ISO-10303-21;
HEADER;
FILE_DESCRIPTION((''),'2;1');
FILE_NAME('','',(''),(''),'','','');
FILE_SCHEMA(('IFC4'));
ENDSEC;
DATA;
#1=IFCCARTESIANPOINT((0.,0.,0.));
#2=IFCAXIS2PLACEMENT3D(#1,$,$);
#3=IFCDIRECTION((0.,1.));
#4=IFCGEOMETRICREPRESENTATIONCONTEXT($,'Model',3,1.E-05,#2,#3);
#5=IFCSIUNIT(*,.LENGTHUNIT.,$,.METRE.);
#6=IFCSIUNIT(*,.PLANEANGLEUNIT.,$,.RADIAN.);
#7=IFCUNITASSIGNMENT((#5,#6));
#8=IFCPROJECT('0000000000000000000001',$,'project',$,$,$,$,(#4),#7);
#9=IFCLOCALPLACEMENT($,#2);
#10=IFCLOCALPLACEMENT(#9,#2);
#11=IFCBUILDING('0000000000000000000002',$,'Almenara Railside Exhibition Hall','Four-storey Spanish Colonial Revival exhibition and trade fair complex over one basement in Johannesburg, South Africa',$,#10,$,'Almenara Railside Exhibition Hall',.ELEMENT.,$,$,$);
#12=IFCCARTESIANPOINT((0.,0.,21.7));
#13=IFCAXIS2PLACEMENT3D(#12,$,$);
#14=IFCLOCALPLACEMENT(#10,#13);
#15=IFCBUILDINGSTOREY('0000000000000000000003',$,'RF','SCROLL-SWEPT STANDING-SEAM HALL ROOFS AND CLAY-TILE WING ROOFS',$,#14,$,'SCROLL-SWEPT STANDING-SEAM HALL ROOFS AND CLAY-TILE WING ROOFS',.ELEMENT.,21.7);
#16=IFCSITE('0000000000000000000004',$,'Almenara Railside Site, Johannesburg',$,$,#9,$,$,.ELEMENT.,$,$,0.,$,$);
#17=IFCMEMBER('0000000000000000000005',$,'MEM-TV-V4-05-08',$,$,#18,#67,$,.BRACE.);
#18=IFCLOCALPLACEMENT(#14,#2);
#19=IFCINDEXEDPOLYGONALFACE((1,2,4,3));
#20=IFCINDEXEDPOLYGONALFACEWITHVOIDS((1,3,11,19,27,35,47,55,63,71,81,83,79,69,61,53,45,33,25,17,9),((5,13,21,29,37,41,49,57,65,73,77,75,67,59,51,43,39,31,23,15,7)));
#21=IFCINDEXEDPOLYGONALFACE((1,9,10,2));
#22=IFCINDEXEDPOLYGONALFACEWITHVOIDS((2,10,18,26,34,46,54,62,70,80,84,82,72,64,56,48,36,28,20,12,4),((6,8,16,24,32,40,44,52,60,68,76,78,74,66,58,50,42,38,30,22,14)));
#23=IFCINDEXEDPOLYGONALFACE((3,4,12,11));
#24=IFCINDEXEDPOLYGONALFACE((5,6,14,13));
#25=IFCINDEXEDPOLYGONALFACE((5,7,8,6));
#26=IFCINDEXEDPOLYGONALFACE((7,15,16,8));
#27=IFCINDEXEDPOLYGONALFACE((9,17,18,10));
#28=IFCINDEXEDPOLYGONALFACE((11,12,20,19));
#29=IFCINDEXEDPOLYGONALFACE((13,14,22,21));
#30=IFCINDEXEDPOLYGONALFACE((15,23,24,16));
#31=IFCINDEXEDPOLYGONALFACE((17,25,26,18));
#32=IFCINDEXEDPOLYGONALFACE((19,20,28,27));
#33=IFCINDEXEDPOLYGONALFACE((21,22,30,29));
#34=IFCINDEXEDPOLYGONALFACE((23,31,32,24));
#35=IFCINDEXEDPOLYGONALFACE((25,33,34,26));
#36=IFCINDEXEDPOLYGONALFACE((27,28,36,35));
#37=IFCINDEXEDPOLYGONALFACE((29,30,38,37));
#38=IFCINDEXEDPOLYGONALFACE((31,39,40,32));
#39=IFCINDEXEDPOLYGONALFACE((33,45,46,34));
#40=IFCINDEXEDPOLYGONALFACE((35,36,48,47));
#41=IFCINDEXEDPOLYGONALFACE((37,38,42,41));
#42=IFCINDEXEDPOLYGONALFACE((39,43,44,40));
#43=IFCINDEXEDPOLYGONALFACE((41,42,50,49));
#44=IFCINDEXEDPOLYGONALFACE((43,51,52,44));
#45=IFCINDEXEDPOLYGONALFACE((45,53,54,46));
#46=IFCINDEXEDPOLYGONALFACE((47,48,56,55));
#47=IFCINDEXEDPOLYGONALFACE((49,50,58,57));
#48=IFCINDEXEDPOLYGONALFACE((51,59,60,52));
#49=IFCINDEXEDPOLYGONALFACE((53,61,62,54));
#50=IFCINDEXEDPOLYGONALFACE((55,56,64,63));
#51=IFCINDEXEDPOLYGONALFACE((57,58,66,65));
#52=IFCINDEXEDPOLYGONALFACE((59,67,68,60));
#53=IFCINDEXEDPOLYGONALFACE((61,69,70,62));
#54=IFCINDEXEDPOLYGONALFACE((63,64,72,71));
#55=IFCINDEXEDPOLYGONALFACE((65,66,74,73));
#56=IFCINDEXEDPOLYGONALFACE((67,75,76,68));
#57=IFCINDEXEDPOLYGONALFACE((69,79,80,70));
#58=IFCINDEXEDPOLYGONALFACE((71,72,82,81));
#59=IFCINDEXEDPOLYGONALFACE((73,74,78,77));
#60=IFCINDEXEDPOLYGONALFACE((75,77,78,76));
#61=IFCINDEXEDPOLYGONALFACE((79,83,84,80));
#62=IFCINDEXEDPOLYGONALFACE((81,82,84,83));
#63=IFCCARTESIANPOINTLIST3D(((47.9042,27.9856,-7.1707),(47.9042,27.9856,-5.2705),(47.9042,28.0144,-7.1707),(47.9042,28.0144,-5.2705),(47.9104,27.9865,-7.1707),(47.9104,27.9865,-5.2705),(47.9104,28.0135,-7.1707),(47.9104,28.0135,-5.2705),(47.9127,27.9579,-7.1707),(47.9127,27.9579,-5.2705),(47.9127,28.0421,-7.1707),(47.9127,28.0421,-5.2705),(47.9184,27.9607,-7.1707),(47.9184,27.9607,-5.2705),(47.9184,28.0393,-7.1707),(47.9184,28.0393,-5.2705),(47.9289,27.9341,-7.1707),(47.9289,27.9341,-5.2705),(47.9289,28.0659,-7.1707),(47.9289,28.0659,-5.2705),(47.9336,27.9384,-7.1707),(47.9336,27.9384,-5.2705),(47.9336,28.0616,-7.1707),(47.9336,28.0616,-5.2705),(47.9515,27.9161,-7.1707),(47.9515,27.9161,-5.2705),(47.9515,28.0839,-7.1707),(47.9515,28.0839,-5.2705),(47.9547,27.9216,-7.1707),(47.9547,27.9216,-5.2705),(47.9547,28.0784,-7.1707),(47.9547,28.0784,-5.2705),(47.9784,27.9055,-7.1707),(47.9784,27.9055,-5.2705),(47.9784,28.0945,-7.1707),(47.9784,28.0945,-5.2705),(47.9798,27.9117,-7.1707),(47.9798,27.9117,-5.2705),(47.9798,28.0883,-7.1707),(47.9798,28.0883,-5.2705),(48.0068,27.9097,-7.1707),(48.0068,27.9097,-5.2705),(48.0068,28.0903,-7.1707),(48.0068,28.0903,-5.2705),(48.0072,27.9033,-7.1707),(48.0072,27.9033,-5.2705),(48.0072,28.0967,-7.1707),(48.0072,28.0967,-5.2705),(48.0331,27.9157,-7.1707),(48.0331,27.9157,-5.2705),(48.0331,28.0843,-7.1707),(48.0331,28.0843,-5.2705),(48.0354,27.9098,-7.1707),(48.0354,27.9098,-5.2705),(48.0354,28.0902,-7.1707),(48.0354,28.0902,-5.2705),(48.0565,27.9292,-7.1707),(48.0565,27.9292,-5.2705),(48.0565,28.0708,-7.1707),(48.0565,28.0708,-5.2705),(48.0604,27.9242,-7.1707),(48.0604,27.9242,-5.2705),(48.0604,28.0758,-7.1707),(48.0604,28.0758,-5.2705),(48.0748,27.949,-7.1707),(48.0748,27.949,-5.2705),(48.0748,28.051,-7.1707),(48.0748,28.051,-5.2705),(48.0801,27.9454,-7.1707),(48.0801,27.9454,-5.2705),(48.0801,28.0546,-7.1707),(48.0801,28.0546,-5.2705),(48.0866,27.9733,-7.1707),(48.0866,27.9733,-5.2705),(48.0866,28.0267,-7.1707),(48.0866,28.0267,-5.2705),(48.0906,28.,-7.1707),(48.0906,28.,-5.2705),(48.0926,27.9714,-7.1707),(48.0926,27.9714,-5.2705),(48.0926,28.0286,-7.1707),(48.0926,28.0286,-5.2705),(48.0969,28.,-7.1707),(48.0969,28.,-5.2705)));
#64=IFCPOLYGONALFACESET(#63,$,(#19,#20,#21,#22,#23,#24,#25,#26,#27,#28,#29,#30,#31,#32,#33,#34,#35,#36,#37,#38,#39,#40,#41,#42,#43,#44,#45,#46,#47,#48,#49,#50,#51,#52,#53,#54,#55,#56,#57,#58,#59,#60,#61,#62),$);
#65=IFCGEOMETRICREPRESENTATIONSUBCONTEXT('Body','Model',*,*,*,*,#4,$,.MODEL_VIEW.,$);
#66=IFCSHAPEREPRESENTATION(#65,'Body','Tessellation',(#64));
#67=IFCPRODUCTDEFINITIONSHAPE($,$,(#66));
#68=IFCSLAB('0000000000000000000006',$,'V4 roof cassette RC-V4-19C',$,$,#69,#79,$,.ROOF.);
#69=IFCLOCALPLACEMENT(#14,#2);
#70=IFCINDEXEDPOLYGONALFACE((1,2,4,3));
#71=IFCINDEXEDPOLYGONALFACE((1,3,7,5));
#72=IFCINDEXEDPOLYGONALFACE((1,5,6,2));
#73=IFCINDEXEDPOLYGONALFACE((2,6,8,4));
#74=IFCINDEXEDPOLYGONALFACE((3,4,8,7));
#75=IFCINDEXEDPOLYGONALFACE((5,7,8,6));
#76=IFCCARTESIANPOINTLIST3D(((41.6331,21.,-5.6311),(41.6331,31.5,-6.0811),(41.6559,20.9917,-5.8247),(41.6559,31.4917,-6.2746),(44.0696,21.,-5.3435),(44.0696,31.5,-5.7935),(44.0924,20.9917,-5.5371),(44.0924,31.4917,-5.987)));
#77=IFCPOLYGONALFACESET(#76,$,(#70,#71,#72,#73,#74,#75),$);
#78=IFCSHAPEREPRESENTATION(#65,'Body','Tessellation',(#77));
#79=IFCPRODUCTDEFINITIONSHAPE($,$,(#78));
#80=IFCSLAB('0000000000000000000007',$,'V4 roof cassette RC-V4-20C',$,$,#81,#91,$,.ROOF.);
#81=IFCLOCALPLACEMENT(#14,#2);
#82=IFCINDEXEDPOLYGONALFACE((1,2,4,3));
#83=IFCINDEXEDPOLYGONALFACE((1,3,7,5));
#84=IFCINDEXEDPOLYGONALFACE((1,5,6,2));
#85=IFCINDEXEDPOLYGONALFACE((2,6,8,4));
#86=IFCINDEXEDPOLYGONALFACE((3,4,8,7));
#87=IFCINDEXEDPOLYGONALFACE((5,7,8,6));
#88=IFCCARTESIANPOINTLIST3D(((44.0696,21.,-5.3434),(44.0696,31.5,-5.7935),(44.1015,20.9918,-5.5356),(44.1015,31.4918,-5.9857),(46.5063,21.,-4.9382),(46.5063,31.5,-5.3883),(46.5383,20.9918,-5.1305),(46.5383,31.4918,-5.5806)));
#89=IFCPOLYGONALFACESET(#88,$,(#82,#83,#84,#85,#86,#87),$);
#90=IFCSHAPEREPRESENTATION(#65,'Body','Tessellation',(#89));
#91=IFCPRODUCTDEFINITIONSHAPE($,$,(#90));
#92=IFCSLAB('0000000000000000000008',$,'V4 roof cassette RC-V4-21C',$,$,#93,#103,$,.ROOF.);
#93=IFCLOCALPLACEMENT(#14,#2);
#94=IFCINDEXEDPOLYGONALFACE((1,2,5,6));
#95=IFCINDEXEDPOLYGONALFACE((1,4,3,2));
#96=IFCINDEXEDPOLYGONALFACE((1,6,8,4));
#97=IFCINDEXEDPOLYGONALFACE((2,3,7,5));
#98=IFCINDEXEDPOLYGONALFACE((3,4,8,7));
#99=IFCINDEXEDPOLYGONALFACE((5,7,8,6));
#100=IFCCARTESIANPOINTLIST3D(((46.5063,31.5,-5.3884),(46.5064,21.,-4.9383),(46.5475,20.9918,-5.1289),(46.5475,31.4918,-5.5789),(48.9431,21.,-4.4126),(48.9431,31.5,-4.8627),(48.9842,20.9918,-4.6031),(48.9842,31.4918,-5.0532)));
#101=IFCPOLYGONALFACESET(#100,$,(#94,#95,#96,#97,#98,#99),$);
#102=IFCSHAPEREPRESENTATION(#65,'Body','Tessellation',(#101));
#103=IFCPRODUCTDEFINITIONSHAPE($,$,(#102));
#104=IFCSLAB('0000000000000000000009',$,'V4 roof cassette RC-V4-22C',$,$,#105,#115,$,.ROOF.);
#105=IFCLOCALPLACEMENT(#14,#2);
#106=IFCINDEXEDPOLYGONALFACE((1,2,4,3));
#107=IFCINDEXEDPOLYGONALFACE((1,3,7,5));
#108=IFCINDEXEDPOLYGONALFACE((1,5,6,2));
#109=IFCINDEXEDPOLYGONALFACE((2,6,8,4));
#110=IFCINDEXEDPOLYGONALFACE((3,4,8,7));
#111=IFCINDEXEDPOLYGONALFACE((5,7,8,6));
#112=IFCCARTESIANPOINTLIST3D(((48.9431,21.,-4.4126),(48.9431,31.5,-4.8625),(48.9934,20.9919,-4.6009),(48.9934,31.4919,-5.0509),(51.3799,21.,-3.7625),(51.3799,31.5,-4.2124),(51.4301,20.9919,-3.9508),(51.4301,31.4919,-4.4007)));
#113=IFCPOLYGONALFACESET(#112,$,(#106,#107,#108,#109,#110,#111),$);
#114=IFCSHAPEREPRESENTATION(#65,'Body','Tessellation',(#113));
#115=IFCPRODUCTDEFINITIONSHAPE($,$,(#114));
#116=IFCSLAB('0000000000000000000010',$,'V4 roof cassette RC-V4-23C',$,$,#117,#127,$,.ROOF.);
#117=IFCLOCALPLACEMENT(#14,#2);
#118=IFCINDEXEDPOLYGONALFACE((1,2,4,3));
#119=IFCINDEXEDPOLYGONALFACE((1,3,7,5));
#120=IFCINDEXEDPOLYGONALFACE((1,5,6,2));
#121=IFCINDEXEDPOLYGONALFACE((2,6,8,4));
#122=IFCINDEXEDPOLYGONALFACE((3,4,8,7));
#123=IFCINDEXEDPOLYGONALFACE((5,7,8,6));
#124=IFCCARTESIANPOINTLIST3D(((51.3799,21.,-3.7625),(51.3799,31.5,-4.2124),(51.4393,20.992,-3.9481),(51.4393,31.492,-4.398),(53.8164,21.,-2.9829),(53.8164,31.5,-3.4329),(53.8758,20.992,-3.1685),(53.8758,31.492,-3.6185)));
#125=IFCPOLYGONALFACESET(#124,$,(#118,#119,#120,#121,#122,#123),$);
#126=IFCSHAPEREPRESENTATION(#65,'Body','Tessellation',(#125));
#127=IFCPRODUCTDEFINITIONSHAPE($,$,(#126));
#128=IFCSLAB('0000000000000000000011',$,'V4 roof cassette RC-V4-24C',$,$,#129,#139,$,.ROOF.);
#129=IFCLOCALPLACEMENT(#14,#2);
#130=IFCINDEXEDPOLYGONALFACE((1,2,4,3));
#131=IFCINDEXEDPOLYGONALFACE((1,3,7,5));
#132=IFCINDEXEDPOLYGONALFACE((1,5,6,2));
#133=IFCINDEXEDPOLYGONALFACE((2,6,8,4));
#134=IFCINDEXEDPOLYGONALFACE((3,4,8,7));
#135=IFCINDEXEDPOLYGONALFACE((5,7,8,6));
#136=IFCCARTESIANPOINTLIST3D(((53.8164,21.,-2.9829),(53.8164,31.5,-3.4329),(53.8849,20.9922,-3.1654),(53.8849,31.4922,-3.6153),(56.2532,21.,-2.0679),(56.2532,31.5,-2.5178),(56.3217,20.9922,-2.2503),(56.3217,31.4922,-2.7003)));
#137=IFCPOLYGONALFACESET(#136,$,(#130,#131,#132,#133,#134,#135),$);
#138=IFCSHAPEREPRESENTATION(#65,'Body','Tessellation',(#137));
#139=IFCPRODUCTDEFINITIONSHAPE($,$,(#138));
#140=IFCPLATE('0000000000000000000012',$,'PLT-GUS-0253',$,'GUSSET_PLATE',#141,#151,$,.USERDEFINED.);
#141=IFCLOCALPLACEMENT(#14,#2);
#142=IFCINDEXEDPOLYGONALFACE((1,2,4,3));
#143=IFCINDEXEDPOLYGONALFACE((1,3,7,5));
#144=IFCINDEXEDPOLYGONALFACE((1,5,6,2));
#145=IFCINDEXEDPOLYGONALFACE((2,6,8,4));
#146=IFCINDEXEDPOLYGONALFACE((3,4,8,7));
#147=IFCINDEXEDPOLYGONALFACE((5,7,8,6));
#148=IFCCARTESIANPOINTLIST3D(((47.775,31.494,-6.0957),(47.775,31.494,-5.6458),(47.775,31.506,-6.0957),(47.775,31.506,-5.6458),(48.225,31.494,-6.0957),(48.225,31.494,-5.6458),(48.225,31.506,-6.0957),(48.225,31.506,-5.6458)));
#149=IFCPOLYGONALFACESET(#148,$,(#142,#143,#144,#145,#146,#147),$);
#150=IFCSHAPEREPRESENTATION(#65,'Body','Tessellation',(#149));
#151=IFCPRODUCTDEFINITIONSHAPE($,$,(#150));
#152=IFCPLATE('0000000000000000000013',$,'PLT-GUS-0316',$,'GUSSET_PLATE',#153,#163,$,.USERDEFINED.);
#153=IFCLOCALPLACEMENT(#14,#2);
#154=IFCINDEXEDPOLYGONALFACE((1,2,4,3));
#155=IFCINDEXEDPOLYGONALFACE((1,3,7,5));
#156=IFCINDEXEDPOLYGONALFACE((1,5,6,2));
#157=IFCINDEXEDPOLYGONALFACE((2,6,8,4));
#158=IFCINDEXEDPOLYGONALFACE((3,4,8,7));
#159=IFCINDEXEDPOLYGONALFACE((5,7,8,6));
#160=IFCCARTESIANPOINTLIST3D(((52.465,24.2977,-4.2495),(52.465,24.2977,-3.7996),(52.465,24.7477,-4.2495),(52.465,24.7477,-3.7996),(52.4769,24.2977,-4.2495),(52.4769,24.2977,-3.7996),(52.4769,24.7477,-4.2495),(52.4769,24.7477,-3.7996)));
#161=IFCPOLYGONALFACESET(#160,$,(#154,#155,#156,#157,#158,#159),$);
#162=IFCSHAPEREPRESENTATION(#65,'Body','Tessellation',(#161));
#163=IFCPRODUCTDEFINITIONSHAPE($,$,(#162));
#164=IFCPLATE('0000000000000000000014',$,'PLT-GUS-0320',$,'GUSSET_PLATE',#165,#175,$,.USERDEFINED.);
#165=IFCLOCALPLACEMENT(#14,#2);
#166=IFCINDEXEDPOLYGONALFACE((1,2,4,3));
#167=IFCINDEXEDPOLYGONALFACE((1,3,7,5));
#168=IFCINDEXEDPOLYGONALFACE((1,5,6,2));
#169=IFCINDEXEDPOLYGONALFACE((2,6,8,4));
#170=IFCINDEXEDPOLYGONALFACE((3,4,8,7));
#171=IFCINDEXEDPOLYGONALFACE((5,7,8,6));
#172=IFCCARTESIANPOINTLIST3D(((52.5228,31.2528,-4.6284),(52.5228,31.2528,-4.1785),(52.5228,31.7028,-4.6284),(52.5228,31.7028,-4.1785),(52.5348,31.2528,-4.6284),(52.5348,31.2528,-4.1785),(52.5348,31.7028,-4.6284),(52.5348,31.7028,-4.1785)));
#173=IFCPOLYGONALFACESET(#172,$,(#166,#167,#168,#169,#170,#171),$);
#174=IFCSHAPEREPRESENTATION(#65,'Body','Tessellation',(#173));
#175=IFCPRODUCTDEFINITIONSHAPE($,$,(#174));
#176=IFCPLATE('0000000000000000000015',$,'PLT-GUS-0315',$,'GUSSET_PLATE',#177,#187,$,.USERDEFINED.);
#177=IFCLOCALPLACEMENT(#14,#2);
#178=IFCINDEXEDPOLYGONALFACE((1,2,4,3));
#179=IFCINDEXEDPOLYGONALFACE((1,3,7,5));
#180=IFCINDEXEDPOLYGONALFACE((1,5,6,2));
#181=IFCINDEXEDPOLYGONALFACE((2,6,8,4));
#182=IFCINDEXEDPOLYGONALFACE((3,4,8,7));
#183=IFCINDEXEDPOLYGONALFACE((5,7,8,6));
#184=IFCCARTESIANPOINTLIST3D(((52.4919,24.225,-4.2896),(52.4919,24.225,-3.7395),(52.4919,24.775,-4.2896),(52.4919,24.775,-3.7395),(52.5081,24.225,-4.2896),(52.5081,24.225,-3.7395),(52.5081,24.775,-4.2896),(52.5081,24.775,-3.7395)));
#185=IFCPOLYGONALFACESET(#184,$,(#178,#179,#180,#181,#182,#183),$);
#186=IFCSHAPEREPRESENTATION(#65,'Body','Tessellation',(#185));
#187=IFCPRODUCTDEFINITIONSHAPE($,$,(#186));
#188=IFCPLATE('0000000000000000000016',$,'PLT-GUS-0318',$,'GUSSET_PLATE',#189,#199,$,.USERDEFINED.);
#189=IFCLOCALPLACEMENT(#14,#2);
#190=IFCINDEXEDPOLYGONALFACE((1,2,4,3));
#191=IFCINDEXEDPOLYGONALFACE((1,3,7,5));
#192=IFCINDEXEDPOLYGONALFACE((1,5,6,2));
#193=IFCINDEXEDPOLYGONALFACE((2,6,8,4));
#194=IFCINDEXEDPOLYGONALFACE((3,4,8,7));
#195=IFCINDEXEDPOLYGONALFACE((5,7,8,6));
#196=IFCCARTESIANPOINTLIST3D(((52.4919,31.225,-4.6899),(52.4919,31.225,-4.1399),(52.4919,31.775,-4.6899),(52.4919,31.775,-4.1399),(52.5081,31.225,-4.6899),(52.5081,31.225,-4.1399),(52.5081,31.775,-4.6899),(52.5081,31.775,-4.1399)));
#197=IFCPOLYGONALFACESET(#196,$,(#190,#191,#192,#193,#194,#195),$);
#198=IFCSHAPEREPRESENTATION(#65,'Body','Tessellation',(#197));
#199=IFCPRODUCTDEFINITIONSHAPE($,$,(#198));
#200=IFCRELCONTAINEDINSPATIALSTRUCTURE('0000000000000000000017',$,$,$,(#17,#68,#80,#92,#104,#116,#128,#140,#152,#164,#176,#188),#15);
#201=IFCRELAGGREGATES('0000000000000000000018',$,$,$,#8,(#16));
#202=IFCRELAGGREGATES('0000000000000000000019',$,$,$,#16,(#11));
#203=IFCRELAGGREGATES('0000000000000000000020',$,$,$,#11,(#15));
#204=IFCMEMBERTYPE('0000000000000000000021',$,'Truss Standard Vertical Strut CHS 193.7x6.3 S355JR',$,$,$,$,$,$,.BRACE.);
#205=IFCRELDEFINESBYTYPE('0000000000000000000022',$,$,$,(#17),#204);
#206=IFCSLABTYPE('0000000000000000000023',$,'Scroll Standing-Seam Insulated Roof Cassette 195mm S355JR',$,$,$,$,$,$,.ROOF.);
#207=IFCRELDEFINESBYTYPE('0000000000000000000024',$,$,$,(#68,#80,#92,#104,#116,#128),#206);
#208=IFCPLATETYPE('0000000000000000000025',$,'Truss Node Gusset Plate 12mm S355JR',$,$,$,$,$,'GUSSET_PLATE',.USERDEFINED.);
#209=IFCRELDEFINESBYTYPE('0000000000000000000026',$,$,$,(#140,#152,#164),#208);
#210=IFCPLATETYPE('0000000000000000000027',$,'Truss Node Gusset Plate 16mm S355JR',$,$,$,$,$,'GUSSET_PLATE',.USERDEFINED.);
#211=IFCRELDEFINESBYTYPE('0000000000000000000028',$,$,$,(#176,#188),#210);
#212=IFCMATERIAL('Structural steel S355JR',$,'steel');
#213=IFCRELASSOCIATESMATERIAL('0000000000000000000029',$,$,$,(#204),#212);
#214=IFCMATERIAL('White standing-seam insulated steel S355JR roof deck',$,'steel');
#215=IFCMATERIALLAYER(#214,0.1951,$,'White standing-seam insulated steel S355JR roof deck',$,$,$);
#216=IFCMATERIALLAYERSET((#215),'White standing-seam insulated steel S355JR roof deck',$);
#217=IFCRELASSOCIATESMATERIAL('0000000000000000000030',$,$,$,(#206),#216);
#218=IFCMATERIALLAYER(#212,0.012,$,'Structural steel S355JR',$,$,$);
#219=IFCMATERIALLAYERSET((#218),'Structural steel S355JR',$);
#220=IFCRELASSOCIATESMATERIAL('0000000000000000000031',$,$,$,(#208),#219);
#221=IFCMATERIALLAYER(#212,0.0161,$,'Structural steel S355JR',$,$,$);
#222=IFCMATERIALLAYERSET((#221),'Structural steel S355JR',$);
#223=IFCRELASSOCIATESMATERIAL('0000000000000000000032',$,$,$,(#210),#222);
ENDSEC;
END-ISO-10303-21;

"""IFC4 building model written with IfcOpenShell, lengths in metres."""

from ifc_helpers import new_model, si_unit, direction, frame, origin, origin_2d, place, context, subcontext, project, spatial, polyline, rectangle, hollow_circle, outline, extrude, material, layer, layer_set, material_profile, profile_set, type_object, element, save


model = new_model("IFC4")

# Units and contexts
model_context = context("Model", 3, precision=1e-05, world=origin(), true_north=direction((0.0, 1.0)))
body_context = subcontext(model_context, "Body", "Model", "MODEL_VIEW")
ifc_project = project(units=[si_unit("LENGTHUNIT", "METRE"), si_unit("PLANEANGLEUNIT", "RADIAN")], contexts=[model_context])

# Site, building, storey
site_placement = place(None, origin())
site = spatial("IfcSite", under=ifc_project, at=site_placement, Name="Almenara Railside Site, Johannesburg", CompositionType="ELEMENT", RefElevation=0.0)
building_placement = place(site_placement, origin())
building = spatial("IfcBuilding", under=site, at=building_placement, Name="Almenara Railside Exhibition Hall", Description="Four-storey Spanish Colonial Revival exhibition and trade fair complex over one basement in Johannesburg, South Africa", LongName="Almenara Railside Exhibition Hall", CompositionType="ELEMENT")
storey_placement = place(building_placement, frame((0.0, 0.0, 21.7)))
storey = spatial("IfcBuildingStorey", under=building, at=storey_placement, Name="RF", Description="SCROLL-SWEPT STANDING-SEAM HALL ROOFS AND CLAY-TILE WING ROOFS", LongName="SCROLL-SWEPT STANDING-SEAM HALL ROOFS AND CLAY-TILE WING ROOFS", CompositionType="ELEMENT", Elevation=21.7)

# Member
ifc_material_1 = material(Name="Structural steel S355JR", Category="steel")
ifc_material_profile_1 = material_profile(ifc_material_1, hollow_circle(Radius=0.0969, WallThickness=0.0063, at=origin_2d()), Name="CHS 193.7x6.3")
ifc_profile_set_1 = profile_set([ifc_material_profile_1], Name="Structural steel S355JR")
member_type_1 = type_object("IfcMemberType", Name="Truss Standard Vertical Strut CHS 193.7x6.3 S355JR", PredefinedType="BRACE", material=ifc_profile_set_1)
member_1_placement = place(storey_placement, frame((48.0, 28.0, -7.1707), z_axis=(0.0, 0.0, 1.0), x_axis=(1.0, 0.0, 0.0)))
element("IfcMember", 1, at=member_1_placement, inside=storey, type_object=member_type_1, Name="MEM-TV-V4-05-08", PredefinedType="BRACE", context=body_context, shape_type="SweptSolid", body=[
    extrude(hollow_circle(Radius=0.0969, WallThickness=0.0063, at=origin_2d()), origin(), (0.0, 0.0, 1.0), 1.9001),
])

# Slabs
ifc_material_2 = material(Name="White standing-seam insulated steel S355JR roof deck", Category="steel")
ifc_layer_1 = layer(ifc_material_2, 0.1951, Name="White standing-seam insulated steel S355JR roof deck")
ifc_layer_set_1 = layer_set([ifc_layer_1], Name="White standing-seam insulated steel S355JR roof deck")
slab_type = type_object("IfcSlabType", Name="Scroll Standing-Seam Insulated Roof Cassette 195mm S355JR", PredefinedType="ROOF", material=ifc_layer_set_1)
slab_1_placement = place(storey_placement, frame((41.6331, 31.5, -6.0811), z_axis=(-0.117116, 0.042519, 0.992208), x_axis=(0.993106, 0.0, 0.117222)))
element("IfcSlab", 2, at=slab_1_placement, inside=storey, type_object=slab_type, Name="V4 roof cassette RC-V4-19C", PredefinedType="ROOF", context=body_context, shape_type="SweptSolid", body=[
    extrude(outline(polyline([(0.0, 0.0), (2.4534, 0.0), (2.5062, -10.5095), (0.0527, -10.5095), (0.0, 0.0)])), origin(), (0.0, 0.0, -1.0), 0.1951),
])
slab_2_placement = place(storey_placement, frame((44.0696, 31.5, -5.7935), z_axis=(-0.163868, 0.042246, 0.985577), x_axis=(0.986458, 0.000002, 0.164014)))
element("IfcSlab", 3, at=slab_2_placement, inside=storey, type_object=slab_type, Name="V4 roof cassette RC-V4-20C", PredefinedType="ROOF", context=body_context, shape_type="SweptSolid", body=[
    extrude(outline(polyline([(0.0, 0.0), (2.4702, 0.0), (2.544, -10.5094), (0.0738, -10.5094), (0.0, 0.0)])), origin(), (0.0, 0.0, -1.0), 0.1951),
])
slab_3_placement = place(storey_placement, frame((46.5063, 31.5, -5.3884), z_axis=(-0.210722, 0.041863, 0.976649), x_axis=(0.977506, -0.000002, 0.210907)))
element("IfcSlab", 4, at=slab_3_placement, inside=storey, type_object=slab_type, Name="V4 roof cassette RC-V4-21C", PredefinedType="ROOF", context=body_context, shape_type="SweptSolid", body=[
    extrude(outline(polyline([(0.0, 0.0), (2.4929, 0.0), (2.5878, -10.5092), (0.095, -10.5092), (0.0, 0.0)])), origin(), (0.0, 0.0, -1.0), 0.1951),
])
slab_4_placement = place(storey_placement, frame((48.9431, 31.5, -4.8625), z_axis=(-0.257568, 0.041369, 0.965374), x_axis=(0.966201, 0.0, 0.257789)))
element("IfcSlab", 5, at=slab_4_placement, inside=storey, type_object=slab_type, Name="V4 roof cassette RC-V4-22C", PredefinedType="ROOF", context=body_context, shape_type="SweptSolid", body=[
    extrude(outline(polyline([(0.0, 0.0), (2.522, 0.0), (2.638, -10.509), (0.116, -10.509), (0.0, 0.0)])), origin(), (0.0, 0.0, -1.0), 0.1951),
])
slab_5_placement = place(storey_placement, frame((51.3799, 31.5, -4.2124), z_axis=(-0.30447, 0.040781, 0.951648), x_axis=(0.952441, 0.0, 0.304724)))
element("IfcSlab", 6, at=slab_5_placement, inside=storey, type_object=slab_type, Name="V4 roof cassette RC-V4-23C", PredefinedType="ROOF", context=body_context, shape_type="SweptSolid", body=[
    extrude(outline(polyline([(0.0, 0.0), (2.5582, 0.0), (2.6953, -10.5087), (0.1371, -10.5087), (0.0, 0.0)])), origin(), (0.0, 0.0, -1.0), 0.1951),
])
slab_6_placement = place(storey_placement, frame((53.8164, 31.5, -3.4329), z_axis=(-0.351262, 0.040085, 0.935419), x_axis=(0.936171, 0.0, 0.351545)))
element("IfcSlab", 7, at=slab_6_placement, inside=storey, type_object=slab_type, Name="V4 roof cassette RC-V4-24C", PredefinedType="ROOF", context=body_context, shape_type="SweptSolid", body=[
    extrude(outline(polyline([(0.0, 0.0), (2.6029, 0.0), (2.7611, -10.5084), (0.1582, -10.5084), (0.0, 0.0)])), origin(), (0.0, 0.0, -1.0), 0.1951),
])

# Plates
ifc_layer_2 = layer(ifc_material_1, 0.012, Name="Structural steel S355JR")
ifc_layer_set_2 = layer_set([ifc_layer_2], Name="Structural steel S355JR")
plate_type_1 = type_object("IfcPlateType", Name="Truss Node Gusset Plate 12mm S355JR", ElementType="GUSSET_PLATE", PredefinedType="USERDEFINED", material=ifc_layer_set_2)
for number, where, z_axis, x_axis, name in (
    (8, (48.0, 31.5, -6.0957), (0.0, 0.0, 1.0), (1.0, 0.0, 0.0), "PLT-GUS-0253"),
    (9, (52.4709, 24.5227, -4.2495), (0.0, 0.0, 1.0), (0.0, 1.0, 0.0), "PLT-GUS-0316"),
    (10, (52.5288, 31.4778, -4.6284), (0.0, 0.0, 1.0), (0.0, 1.0, 0.0), "PLT-GUS-0320"),
):
    element("IfcPlate", number, at=place(storey_placement, frame(where, z_axis=z_axis, x_axis=x_axis)), inside=storey, type_object=plate_type_1, Name=name, ObjectType="GUSSET_PLATE", PredefinedType="USERDEFINED", context=body_context, shape_type="SweptSolid", body=[
        extrude(rectangle(XDim=0.45, YDim=0.012, at=origin_2d()), origin(), (0.0, 0.0, 1.0), 0.45),
    ])
ifc_layer_3 = layer(ifc_material_1, 0.0161, Name="Structural steel S355JR")
ifc_layer_set_3 = layer_set([ifc_layer_3], Name="Structural steel S355JR")
plate_type_2 = type_object("IfcPlateType", Name="Truss Node Gusset Plate 16mm S355JR", ElementType="GUSSET_PLATE", PredefinedType="USERDEFINED", material=ifc_layer_set_3)
for number, where, z_axis, x_axis, name in (
    (11, (52.5, 24.5, -4.2896), (0.0, 0.0, 1.0), (0.0, 1.0, 0.0), "PLT-GUS-0315"),
    (12, (52.5, 31.5, -4.6899), (0.0, 0.0, 1.0), (0.0, 1.0, 0.0), "PLT-GUS-0318"),
):
    element("IfcPlate", number, at=place(storey_placement, frame(where, z_axis=z_axis, x_axis=x_axis)), inside=storey, type_object=plate_type_2, Name=name, ObjectType="GUSSET_PLATE", PredefinedType="USERDEFINED", context=body_context, shape_type="SweptSolid", body=[
        extrude(rectangle(XDim=0.55, YDim=0.0161, at=origin_2d()), origin(), (0.0, 0.0, 1.0), 0.55),
    ])

save(model, "model.ifc")
